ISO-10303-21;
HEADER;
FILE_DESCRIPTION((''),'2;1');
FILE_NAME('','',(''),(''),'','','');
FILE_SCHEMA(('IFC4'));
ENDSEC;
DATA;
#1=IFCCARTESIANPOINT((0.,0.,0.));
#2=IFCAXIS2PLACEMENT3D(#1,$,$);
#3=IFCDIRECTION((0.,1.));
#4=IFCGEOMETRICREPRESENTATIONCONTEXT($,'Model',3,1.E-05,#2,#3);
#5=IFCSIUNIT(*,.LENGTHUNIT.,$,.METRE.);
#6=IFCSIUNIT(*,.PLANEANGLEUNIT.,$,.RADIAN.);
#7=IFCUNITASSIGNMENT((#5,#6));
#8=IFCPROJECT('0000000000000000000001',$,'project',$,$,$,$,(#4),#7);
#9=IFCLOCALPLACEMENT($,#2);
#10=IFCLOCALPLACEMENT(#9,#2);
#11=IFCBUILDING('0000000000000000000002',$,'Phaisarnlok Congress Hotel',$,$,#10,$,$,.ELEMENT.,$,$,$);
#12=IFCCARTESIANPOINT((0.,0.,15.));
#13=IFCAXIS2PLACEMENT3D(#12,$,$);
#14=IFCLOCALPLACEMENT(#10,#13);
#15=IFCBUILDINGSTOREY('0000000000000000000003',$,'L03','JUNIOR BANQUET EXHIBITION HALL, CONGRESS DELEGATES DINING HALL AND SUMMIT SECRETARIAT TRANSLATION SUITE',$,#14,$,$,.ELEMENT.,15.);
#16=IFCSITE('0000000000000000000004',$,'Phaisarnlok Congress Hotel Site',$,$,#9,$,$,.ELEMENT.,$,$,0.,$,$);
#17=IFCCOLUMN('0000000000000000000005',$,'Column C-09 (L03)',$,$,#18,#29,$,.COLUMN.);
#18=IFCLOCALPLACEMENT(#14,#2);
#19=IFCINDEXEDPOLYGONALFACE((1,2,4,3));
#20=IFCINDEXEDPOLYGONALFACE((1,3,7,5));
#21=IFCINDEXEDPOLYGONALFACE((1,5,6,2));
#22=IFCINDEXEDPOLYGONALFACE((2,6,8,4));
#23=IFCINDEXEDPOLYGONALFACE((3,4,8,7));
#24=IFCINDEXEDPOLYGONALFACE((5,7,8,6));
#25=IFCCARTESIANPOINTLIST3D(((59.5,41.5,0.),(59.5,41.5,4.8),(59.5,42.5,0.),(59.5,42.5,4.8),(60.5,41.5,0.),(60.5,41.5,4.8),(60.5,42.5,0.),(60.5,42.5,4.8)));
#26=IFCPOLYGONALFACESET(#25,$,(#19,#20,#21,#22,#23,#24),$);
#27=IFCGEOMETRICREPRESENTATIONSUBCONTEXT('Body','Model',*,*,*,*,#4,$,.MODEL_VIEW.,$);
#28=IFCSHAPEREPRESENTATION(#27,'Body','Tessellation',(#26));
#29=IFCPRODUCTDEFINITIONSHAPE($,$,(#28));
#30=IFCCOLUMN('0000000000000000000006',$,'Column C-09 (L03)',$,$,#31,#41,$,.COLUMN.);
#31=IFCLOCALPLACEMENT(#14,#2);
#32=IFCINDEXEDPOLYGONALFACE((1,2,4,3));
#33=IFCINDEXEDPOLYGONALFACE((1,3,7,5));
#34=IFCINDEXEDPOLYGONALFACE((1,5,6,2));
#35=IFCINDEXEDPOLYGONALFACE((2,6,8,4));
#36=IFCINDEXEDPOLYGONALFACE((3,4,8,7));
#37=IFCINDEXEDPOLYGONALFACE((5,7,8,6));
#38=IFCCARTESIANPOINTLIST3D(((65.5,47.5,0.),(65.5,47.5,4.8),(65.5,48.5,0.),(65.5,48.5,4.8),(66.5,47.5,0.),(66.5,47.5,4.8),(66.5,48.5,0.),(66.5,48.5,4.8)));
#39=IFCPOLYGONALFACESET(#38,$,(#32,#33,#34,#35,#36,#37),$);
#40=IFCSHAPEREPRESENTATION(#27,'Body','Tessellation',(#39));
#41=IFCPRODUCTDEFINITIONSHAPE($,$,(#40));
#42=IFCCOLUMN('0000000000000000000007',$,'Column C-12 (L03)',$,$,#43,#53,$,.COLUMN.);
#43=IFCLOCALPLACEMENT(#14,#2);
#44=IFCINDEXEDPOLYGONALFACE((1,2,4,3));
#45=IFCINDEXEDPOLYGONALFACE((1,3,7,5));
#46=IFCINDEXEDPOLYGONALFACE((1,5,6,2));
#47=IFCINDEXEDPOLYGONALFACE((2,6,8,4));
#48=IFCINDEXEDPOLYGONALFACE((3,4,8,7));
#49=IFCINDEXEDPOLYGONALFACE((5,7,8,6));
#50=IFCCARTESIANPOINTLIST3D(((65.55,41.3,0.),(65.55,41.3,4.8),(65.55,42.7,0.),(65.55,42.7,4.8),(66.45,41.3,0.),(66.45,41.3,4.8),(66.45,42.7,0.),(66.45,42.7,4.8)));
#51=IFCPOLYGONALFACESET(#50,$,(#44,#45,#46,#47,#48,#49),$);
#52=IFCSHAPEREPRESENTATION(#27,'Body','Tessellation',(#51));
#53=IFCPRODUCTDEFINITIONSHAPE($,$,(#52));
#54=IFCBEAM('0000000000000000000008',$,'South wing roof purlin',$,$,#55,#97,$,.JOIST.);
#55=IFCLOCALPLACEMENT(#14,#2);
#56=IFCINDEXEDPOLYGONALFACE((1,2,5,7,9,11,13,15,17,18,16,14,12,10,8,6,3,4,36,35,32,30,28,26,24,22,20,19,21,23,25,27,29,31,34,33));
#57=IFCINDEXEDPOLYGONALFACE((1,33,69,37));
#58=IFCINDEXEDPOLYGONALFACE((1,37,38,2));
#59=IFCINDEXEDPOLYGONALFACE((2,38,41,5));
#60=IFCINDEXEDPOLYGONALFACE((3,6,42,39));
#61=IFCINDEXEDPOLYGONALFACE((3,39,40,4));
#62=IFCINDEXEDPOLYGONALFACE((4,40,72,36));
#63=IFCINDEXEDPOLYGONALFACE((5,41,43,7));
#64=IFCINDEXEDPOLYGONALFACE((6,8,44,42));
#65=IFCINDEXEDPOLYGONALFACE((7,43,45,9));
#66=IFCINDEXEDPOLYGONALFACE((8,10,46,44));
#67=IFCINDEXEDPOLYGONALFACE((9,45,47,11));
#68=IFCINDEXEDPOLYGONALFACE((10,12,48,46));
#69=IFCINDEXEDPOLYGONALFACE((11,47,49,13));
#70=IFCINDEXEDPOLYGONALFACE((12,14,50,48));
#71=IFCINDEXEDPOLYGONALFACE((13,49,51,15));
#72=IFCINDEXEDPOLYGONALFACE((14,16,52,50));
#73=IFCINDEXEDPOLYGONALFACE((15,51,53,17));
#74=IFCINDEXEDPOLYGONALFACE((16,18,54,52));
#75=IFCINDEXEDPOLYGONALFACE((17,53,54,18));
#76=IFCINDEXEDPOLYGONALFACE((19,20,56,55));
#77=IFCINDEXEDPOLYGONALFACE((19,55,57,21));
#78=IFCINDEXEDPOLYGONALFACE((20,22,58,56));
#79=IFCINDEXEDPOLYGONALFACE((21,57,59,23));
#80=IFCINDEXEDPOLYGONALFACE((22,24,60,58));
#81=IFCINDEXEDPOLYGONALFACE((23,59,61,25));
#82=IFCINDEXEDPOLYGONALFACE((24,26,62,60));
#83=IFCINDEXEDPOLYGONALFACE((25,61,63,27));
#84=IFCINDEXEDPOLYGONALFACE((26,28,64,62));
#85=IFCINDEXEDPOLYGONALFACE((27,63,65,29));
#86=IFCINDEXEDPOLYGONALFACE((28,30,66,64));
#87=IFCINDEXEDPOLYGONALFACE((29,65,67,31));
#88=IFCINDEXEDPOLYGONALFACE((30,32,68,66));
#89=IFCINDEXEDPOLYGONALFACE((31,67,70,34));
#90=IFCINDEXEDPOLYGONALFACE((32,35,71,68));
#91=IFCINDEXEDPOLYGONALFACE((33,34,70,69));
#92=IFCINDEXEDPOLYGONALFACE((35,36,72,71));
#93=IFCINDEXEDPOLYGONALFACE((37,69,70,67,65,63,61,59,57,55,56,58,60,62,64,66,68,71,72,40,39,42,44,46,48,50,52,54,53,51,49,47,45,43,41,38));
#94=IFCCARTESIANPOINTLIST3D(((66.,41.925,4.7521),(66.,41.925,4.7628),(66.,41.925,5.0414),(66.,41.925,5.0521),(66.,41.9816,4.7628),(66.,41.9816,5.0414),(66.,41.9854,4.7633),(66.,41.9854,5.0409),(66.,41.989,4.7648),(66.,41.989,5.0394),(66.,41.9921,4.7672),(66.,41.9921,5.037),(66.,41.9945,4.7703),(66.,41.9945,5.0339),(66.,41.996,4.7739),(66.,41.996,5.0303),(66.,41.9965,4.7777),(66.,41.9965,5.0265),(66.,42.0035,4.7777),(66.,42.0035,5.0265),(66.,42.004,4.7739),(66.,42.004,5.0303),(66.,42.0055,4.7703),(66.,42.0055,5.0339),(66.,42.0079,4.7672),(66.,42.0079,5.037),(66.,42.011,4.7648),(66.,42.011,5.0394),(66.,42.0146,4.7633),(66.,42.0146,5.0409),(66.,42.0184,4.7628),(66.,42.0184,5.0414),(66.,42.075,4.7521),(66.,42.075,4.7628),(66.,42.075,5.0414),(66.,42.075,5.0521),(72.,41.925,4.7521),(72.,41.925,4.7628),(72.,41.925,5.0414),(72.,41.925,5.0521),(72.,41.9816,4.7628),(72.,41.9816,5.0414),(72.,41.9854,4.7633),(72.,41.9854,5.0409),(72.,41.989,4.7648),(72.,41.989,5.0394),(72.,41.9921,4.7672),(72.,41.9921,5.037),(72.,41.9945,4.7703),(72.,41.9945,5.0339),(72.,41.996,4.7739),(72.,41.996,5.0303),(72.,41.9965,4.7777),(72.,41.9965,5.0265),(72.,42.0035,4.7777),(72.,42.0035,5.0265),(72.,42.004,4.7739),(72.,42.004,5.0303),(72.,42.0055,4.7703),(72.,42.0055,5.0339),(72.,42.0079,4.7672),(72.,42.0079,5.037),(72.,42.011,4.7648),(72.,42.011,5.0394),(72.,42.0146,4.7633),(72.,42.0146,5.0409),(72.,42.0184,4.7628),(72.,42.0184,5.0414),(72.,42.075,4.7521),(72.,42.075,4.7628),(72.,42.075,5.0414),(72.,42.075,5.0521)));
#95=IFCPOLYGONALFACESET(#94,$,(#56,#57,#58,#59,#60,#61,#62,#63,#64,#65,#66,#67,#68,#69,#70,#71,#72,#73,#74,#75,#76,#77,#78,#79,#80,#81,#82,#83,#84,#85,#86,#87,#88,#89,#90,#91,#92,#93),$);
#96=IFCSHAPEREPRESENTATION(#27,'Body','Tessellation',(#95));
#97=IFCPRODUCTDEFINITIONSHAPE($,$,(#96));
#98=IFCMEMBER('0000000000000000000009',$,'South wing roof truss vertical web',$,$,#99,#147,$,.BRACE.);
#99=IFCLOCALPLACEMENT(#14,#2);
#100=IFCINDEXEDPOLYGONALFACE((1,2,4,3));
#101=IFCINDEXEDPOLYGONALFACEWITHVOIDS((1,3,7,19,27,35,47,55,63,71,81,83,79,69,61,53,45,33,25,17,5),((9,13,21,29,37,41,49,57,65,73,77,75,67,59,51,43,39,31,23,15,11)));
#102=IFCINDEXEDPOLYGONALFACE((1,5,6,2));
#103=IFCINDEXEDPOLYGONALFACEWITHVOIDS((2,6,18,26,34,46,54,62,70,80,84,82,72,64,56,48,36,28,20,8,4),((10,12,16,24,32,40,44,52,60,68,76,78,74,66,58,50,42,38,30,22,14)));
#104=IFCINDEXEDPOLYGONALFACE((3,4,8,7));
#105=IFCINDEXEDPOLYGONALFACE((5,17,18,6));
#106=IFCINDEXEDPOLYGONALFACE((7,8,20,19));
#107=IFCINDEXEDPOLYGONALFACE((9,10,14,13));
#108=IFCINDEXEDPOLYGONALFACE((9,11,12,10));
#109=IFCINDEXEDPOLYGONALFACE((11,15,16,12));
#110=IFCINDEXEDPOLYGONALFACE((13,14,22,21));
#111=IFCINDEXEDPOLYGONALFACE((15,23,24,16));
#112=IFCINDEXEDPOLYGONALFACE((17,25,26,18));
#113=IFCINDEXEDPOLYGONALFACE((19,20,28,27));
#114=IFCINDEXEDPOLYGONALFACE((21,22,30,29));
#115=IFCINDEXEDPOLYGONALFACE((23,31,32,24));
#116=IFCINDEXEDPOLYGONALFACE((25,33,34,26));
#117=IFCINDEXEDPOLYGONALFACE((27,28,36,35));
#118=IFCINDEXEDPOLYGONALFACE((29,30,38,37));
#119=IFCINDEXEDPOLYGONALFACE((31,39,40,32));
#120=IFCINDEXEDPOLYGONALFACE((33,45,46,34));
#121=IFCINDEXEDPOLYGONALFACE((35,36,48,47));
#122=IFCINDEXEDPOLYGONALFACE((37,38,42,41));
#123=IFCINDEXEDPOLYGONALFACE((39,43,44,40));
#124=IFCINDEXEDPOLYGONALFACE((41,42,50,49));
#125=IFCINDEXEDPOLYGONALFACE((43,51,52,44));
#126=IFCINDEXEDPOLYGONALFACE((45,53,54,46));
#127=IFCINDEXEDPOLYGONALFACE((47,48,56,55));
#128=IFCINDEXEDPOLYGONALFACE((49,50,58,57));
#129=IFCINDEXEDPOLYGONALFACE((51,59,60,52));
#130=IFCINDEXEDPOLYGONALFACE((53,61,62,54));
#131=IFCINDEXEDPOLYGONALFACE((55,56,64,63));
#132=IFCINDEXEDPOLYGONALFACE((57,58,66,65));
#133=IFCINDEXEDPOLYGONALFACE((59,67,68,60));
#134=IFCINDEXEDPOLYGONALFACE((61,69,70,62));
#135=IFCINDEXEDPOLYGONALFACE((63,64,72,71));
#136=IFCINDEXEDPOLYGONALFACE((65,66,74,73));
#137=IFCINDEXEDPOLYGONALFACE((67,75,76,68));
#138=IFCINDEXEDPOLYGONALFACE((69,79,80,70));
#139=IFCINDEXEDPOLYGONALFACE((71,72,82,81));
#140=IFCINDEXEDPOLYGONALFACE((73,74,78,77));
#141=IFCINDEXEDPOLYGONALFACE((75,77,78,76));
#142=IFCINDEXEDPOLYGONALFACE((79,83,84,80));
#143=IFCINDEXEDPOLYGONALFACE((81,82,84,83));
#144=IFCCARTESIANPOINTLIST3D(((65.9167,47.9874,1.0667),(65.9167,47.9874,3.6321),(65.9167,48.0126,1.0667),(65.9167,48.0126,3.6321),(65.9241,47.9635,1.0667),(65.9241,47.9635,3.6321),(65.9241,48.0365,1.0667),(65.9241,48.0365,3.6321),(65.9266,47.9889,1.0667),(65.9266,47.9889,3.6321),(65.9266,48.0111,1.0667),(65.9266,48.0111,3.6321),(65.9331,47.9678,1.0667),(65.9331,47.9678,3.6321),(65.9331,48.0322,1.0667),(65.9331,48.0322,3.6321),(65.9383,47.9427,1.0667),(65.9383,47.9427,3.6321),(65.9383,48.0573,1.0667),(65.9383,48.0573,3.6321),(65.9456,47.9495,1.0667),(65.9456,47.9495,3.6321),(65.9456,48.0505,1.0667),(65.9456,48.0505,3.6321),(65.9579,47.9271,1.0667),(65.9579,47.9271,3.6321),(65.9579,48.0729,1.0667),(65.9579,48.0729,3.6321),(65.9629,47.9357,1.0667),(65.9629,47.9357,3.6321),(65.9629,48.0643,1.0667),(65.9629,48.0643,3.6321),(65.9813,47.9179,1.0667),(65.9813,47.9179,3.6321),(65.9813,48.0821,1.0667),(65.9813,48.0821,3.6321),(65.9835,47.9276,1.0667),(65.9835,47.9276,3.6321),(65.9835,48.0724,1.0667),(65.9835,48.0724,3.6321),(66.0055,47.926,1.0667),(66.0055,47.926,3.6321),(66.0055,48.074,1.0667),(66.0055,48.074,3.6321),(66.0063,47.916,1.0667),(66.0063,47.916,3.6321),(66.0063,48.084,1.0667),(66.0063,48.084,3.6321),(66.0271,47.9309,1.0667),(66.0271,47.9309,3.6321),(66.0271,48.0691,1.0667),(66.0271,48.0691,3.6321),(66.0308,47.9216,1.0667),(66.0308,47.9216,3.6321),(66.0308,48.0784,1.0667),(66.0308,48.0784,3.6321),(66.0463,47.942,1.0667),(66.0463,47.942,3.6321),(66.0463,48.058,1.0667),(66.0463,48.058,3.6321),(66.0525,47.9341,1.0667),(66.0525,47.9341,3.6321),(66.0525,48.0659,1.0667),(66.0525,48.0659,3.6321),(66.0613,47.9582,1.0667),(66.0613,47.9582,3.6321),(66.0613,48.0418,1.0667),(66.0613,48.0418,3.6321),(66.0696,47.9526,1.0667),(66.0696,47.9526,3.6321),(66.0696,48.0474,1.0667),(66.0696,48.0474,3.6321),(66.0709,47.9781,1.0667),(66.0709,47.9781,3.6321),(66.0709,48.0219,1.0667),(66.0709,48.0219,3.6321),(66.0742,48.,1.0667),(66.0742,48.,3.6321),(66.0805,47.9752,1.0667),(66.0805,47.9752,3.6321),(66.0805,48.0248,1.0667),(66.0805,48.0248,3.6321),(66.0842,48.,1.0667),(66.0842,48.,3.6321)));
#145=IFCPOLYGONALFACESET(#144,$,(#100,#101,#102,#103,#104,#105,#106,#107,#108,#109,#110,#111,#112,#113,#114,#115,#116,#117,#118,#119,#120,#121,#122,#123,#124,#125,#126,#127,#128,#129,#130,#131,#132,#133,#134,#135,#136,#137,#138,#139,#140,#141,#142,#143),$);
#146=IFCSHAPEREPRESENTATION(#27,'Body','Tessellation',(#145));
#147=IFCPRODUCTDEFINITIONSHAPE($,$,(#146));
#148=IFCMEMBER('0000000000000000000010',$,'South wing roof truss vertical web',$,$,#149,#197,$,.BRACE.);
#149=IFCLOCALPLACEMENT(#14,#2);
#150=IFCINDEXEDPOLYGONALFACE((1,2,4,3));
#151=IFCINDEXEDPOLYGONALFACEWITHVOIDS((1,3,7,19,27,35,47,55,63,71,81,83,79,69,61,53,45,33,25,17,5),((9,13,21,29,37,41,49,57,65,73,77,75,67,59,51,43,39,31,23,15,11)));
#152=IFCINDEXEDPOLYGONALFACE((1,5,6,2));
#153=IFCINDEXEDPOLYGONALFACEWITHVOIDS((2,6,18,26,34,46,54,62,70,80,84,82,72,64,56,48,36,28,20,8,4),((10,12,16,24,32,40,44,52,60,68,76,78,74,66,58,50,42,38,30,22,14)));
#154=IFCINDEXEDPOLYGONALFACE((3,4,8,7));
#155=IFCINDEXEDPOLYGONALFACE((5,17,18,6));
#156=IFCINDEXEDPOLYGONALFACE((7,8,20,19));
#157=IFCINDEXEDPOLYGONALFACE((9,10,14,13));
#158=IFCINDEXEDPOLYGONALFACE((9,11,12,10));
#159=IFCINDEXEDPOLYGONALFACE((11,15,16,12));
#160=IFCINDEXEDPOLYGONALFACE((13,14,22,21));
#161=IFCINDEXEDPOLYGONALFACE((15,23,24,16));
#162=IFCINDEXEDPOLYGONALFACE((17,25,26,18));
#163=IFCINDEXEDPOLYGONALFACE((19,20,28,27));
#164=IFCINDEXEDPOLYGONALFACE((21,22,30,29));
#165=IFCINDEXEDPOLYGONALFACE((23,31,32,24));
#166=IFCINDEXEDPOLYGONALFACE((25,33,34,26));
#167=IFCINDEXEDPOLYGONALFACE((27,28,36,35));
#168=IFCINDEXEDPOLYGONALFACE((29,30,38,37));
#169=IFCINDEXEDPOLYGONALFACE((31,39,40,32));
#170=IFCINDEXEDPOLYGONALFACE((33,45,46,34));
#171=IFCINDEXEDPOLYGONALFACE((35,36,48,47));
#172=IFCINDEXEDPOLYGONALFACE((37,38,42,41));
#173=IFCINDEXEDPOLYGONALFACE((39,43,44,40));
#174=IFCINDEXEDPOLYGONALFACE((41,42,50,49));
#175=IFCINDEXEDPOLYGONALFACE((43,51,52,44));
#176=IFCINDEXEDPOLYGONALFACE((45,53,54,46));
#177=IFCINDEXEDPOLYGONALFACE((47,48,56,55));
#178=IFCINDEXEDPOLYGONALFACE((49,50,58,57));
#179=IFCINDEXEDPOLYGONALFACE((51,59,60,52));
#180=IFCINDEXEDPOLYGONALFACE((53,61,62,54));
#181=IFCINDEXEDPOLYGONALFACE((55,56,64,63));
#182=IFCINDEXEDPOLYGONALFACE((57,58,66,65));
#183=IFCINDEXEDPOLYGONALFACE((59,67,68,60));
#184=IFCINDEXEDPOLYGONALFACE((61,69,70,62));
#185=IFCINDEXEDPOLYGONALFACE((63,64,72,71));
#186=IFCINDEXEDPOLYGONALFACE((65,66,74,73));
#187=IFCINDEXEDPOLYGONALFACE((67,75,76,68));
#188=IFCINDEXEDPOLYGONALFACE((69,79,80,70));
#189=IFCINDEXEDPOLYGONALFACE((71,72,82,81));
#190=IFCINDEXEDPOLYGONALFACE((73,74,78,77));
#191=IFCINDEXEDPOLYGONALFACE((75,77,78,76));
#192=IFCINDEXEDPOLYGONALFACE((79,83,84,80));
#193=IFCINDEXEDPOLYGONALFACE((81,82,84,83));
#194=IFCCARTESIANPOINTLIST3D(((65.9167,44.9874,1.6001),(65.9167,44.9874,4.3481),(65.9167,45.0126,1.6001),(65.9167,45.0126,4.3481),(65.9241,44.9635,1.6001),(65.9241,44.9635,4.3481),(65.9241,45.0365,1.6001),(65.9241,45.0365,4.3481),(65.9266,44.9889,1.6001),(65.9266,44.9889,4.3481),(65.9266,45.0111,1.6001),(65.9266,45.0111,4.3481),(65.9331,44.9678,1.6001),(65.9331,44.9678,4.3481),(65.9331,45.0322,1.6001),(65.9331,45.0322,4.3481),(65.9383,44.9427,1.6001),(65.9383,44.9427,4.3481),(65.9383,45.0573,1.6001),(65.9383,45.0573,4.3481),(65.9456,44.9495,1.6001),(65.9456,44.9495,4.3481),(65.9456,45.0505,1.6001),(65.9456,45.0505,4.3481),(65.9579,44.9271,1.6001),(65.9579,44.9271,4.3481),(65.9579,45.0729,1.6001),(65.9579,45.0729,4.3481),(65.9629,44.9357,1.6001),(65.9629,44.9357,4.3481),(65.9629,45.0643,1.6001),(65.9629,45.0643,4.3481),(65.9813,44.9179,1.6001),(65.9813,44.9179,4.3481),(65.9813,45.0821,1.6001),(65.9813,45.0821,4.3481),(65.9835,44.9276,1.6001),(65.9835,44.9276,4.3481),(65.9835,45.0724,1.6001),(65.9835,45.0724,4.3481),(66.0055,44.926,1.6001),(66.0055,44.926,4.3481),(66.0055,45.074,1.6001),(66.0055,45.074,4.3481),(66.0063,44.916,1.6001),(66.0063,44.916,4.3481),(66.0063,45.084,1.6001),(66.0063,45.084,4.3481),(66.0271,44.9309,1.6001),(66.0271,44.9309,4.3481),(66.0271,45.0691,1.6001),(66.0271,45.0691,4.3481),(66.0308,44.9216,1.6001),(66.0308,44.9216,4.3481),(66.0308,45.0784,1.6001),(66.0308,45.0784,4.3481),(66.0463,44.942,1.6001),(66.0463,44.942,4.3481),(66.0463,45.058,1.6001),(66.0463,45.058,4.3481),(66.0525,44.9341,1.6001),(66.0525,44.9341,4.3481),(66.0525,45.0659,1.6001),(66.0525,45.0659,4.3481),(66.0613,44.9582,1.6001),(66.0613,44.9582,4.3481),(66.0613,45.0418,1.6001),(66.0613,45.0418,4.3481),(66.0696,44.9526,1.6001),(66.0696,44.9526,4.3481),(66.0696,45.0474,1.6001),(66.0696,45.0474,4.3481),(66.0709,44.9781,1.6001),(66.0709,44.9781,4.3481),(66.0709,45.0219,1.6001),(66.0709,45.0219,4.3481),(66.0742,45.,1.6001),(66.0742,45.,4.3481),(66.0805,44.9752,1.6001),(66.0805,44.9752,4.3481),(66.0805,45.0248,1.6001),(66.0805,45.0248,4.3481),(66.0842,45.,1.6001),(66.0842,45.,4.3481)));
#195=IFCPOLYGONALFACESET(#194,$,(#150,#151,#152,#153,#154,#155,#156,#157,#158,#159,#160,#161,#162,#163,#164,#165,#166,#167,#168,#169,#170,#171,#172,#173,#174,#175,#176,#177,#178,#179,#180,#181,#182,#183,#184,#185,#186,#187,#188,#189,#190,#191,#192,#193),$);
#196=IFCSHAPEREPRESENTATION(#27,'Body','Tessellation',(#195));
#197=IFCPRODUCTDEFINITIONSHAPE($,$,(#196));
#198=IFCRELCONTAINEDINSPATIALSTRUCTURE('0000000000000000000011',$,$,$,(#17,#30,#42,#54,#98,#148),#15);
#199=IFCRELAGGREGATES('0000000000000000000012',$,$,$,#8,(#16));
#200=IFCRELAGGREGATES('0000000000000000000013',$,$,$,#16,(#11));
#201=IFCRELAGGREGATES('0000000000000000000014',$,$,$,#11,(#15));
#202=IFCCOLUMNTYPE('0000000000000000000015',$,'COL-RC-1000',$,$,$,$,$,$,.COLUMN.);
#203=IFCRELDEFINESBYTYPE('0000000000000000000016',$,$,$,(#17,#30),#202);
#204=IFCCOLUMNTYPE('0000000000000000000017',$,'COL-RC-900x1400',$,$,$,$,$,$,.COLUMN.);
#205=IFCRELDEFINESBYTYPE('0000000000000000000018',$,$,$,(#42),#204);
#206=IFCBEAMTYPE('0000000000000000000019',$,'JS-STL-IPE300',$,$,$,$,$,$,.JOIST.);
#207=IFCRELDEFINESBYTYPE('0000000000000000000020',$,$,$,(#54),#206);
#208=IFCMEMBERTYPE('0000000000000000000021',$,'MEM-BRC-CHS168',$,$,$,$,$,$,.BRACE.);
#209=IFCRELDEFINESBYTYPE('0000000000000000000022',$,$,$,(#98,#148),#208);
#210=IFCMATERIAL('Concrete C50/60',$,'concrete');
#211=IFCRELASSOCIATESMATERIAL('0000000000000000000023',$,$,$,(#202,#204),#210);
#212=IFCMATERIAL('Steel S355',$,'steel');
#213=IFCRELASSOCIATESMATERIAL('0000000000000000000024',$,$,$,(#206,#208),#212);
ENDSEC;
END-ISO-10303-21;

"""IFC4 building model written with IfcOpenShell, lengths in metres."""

from ifc_helpers import new_model, si_unit, direction, frame, origin, origin_2d, place, context, subcontext, project, spatial, rectangle, hollow_circle, i_section, extrude, material, material_profile, profile_set, type_object, element, save


model = new_model("IFC4")

# Units and contexts
model_context = context("Model", 3, precision=1e-05, world=origin(), true_north=direction((0.0, 1.0)))
body_context = subcontext(model_context, "Body", "Model", "MODEL_VIEW")
ifc_project = project(units=[si_unit("LENGTHUNIT", "METRE"), si_unit("PLANEANGLEUNIT", "RADIAN")], contexts=[model_context])

# Site, building, storey
site_placement = place(None, origin())
site = spatial("IfcSite", under=ifc_project, at=site_placement, Name="Phaisarnlok Congress Hotel Site", CompositionType="ELEMENT", RefElevation=0.0)
building_placement = place(site_placement, origin())
building = spatial("IfcBuilding", under=site, at=building_placement, Name="Phaisarnlok Congress Hotel", CompositionType="ELEMENT")
storey_placement = place(building_placement, frame((0.0, 0.0, 15.0)))
storey = spatial("IfcBuildingStorey", under=building, at=storey_placement, Name="L03", Description="JUNIOR BANQUET EXHIBITION HALL, CONGRESS DELEGATES DINING HALL AND SUMMIT SECRETARIAT TRANSLATION SUITE", CompositionType="ELEMENT", Elevation=15.0)

# Columns
ifc_material_1 = material(Name="Concrete C50/60", Category="concrete")
ifc_material_profile_1 = material_profile(ifc_material_1, rectangle(XDim=1.0, YDim=1.0, at=origin_2d()), Name="RC 1000x1000")
ifc_profile_set_1 = profile_set([ifc_material_profile_1], Name="Concrete C50/60")
column_type_1 = type_object("IfcColumnType", Name="COL-RC-1000", PredefinedType="COLUMN", material=ifc_profile_set_1)
for number, where, z_axis, x_axis, name in (
    (1, (60.0, 42.0, 0.0), (0.0, 0.0, 1.0), (1.0, 0.0, 0.0), "Column C-09 (L03)"),
    (2, (66.0, 48.0, 0.0), (0.0, 0.0, 1.0), (1.0, 0.0, 0.0), "Column C-09 (L03)"),
):
    element("IfcColumn", number, at=place(storey_placement, frame(where, z_axis=z_axis, x_axis=x_axis)), inside=storey, type_object=column_type_1, Name=name, PredefinedType="COLUMN", context=body_context, shape_type="SweptSolid", body=[
        extrude(rectangle(XDim=1.0, YDim=1.0, at=origin_2d()), origin(), (0.0, 0.0, 1.0), 4.8),
    ])
ifc_material_profile_2 = material_profile(ifc_material_1, rectangle(XDim=0.8999, YDim=1.3999, at=origin_2d()), Name="RC 900x1400")
ifc_profile_set_2 = profile_set([ifc_material_profile_2], Name="Concrete C50/60")
column_type_2 = type_object("IfcColumnType", Name="COL-RC-900x1400", PredefinedType="COLUMN", material=ifc_profile_set_2)
column_placement = place(storey_placement, frame((66.0, 42.0, 0.0), z_axis=(0.0, 0.0, 1.0), x_axis=(1.0, 0.0, 0.0)))
element("IfcColumn", 3, at=column_placement, inside=storey, type_object=column_type_2, Name="Column C-12 (L03)", PredefinedType="COLUMN", context=body_context, shape_type="SweptSolid", body=[
    extrude(rectangle(XDim=0.8999, YDim=1.3999, at=origin_2d()), origin(), (0.0, 0.0, 1.0), 4.8),
])

# Beam
ifc_material_2 = material(Name="Steel S355", Category="steel")
ifc_material_profile_3 = material_profile(ifc_material_2, i_section(OverallWidth=0.1499, OverallDepth=0.3, WebThickness=0.0071, FlangeThickness=0.0107, FilletRadius=0.0149, at=origin_2d()), Name="IPE 300")
ifc_profile_set_3 = profile_set([ifc_material_profile_3], Name="Steel S355")
beam_type_1 = type_object("IfcBeamType", Name="JS-STL-IPE300", PredefinedType="JOIST", material=ifc_profile_set_3)
beam_1_placement = place(storey_placement, frame((66.0, 42.0, 4.9021), z_axis=(1.0, 0.0, 0.0), x_axis=(0.0, 1.0, 0.0)))
element("IfcBeam", 4, at=beam_1_placement, inside=storey, type_object=beam_type_1, Name="South wing roof purlin", PredefinedType="JOIST", context=body_context, shape_type="SweptSolid", body=[
    extrude(i_section(OverallWidth=0.1499, OverallDepth=0.3, WebThickness=0.0071, FlangeThickness=0.0107, FilletRadius=0.0149, at=origin_2d()), origin(), (0.0, 0.0, 1.0), 6.0),
])

# Members
ifc_material_profile_4 = material_profile(ifc_material_2, hollow_circle(Radius=0.0842, WallThickness=0.01, at=origin_2d()), Name="CHS 168.3x10")
ifc_profile_set_4 = profile_set([ifc_material_profile_4], Name="Steel S355")
member_type_1 = type_object("IfcMemberType", Name="MEM-BRC-CHS168", PredefinedType="BRACE", material=ifc_profile_set_4)
member_1_placement = place(storey_placement, frame((66.0, 48.0, 1.0667), z_axis=(0.0, 0.0, 1.0), x_axis=(1.0, 0.0, 0.0)))
element("IfcMember", 5, at=member_1_placement, inside=storey, type_object=member_type_1, Name="South wing roof truss vertical web", PredefinedType="BRACE", context=body_context, shape_type="SweptSolid", body=[
    extrude(hollow_circle(Radius=0.0842, WallThickness=0.01, at=origin_2d()), origin(), (0.0, 0.0, 1.0), 2.5654),
])
member_2_placement = place(storey_placement, frame((66.0, 45.0, 1.6001), z_axis=(0.0, 0.0, 1.0), x_axis=(1.0, 0.0, 0.0)))
element("IfcMember", 6, at=member_2_placement, inside=storey, type_object=member_type_1, Name="South wing roof truss vertical web", PredefinedType="BRACE", context=body_context, shape_type="SweptSolid", body=[
    extrude(hollow_circle(Radius=0.0842, WallThickness=0.01, at=origin_2d()), origin(), (0.0, 0.0, 1.0), 2.748),
])

save(model, "model.ifc")
